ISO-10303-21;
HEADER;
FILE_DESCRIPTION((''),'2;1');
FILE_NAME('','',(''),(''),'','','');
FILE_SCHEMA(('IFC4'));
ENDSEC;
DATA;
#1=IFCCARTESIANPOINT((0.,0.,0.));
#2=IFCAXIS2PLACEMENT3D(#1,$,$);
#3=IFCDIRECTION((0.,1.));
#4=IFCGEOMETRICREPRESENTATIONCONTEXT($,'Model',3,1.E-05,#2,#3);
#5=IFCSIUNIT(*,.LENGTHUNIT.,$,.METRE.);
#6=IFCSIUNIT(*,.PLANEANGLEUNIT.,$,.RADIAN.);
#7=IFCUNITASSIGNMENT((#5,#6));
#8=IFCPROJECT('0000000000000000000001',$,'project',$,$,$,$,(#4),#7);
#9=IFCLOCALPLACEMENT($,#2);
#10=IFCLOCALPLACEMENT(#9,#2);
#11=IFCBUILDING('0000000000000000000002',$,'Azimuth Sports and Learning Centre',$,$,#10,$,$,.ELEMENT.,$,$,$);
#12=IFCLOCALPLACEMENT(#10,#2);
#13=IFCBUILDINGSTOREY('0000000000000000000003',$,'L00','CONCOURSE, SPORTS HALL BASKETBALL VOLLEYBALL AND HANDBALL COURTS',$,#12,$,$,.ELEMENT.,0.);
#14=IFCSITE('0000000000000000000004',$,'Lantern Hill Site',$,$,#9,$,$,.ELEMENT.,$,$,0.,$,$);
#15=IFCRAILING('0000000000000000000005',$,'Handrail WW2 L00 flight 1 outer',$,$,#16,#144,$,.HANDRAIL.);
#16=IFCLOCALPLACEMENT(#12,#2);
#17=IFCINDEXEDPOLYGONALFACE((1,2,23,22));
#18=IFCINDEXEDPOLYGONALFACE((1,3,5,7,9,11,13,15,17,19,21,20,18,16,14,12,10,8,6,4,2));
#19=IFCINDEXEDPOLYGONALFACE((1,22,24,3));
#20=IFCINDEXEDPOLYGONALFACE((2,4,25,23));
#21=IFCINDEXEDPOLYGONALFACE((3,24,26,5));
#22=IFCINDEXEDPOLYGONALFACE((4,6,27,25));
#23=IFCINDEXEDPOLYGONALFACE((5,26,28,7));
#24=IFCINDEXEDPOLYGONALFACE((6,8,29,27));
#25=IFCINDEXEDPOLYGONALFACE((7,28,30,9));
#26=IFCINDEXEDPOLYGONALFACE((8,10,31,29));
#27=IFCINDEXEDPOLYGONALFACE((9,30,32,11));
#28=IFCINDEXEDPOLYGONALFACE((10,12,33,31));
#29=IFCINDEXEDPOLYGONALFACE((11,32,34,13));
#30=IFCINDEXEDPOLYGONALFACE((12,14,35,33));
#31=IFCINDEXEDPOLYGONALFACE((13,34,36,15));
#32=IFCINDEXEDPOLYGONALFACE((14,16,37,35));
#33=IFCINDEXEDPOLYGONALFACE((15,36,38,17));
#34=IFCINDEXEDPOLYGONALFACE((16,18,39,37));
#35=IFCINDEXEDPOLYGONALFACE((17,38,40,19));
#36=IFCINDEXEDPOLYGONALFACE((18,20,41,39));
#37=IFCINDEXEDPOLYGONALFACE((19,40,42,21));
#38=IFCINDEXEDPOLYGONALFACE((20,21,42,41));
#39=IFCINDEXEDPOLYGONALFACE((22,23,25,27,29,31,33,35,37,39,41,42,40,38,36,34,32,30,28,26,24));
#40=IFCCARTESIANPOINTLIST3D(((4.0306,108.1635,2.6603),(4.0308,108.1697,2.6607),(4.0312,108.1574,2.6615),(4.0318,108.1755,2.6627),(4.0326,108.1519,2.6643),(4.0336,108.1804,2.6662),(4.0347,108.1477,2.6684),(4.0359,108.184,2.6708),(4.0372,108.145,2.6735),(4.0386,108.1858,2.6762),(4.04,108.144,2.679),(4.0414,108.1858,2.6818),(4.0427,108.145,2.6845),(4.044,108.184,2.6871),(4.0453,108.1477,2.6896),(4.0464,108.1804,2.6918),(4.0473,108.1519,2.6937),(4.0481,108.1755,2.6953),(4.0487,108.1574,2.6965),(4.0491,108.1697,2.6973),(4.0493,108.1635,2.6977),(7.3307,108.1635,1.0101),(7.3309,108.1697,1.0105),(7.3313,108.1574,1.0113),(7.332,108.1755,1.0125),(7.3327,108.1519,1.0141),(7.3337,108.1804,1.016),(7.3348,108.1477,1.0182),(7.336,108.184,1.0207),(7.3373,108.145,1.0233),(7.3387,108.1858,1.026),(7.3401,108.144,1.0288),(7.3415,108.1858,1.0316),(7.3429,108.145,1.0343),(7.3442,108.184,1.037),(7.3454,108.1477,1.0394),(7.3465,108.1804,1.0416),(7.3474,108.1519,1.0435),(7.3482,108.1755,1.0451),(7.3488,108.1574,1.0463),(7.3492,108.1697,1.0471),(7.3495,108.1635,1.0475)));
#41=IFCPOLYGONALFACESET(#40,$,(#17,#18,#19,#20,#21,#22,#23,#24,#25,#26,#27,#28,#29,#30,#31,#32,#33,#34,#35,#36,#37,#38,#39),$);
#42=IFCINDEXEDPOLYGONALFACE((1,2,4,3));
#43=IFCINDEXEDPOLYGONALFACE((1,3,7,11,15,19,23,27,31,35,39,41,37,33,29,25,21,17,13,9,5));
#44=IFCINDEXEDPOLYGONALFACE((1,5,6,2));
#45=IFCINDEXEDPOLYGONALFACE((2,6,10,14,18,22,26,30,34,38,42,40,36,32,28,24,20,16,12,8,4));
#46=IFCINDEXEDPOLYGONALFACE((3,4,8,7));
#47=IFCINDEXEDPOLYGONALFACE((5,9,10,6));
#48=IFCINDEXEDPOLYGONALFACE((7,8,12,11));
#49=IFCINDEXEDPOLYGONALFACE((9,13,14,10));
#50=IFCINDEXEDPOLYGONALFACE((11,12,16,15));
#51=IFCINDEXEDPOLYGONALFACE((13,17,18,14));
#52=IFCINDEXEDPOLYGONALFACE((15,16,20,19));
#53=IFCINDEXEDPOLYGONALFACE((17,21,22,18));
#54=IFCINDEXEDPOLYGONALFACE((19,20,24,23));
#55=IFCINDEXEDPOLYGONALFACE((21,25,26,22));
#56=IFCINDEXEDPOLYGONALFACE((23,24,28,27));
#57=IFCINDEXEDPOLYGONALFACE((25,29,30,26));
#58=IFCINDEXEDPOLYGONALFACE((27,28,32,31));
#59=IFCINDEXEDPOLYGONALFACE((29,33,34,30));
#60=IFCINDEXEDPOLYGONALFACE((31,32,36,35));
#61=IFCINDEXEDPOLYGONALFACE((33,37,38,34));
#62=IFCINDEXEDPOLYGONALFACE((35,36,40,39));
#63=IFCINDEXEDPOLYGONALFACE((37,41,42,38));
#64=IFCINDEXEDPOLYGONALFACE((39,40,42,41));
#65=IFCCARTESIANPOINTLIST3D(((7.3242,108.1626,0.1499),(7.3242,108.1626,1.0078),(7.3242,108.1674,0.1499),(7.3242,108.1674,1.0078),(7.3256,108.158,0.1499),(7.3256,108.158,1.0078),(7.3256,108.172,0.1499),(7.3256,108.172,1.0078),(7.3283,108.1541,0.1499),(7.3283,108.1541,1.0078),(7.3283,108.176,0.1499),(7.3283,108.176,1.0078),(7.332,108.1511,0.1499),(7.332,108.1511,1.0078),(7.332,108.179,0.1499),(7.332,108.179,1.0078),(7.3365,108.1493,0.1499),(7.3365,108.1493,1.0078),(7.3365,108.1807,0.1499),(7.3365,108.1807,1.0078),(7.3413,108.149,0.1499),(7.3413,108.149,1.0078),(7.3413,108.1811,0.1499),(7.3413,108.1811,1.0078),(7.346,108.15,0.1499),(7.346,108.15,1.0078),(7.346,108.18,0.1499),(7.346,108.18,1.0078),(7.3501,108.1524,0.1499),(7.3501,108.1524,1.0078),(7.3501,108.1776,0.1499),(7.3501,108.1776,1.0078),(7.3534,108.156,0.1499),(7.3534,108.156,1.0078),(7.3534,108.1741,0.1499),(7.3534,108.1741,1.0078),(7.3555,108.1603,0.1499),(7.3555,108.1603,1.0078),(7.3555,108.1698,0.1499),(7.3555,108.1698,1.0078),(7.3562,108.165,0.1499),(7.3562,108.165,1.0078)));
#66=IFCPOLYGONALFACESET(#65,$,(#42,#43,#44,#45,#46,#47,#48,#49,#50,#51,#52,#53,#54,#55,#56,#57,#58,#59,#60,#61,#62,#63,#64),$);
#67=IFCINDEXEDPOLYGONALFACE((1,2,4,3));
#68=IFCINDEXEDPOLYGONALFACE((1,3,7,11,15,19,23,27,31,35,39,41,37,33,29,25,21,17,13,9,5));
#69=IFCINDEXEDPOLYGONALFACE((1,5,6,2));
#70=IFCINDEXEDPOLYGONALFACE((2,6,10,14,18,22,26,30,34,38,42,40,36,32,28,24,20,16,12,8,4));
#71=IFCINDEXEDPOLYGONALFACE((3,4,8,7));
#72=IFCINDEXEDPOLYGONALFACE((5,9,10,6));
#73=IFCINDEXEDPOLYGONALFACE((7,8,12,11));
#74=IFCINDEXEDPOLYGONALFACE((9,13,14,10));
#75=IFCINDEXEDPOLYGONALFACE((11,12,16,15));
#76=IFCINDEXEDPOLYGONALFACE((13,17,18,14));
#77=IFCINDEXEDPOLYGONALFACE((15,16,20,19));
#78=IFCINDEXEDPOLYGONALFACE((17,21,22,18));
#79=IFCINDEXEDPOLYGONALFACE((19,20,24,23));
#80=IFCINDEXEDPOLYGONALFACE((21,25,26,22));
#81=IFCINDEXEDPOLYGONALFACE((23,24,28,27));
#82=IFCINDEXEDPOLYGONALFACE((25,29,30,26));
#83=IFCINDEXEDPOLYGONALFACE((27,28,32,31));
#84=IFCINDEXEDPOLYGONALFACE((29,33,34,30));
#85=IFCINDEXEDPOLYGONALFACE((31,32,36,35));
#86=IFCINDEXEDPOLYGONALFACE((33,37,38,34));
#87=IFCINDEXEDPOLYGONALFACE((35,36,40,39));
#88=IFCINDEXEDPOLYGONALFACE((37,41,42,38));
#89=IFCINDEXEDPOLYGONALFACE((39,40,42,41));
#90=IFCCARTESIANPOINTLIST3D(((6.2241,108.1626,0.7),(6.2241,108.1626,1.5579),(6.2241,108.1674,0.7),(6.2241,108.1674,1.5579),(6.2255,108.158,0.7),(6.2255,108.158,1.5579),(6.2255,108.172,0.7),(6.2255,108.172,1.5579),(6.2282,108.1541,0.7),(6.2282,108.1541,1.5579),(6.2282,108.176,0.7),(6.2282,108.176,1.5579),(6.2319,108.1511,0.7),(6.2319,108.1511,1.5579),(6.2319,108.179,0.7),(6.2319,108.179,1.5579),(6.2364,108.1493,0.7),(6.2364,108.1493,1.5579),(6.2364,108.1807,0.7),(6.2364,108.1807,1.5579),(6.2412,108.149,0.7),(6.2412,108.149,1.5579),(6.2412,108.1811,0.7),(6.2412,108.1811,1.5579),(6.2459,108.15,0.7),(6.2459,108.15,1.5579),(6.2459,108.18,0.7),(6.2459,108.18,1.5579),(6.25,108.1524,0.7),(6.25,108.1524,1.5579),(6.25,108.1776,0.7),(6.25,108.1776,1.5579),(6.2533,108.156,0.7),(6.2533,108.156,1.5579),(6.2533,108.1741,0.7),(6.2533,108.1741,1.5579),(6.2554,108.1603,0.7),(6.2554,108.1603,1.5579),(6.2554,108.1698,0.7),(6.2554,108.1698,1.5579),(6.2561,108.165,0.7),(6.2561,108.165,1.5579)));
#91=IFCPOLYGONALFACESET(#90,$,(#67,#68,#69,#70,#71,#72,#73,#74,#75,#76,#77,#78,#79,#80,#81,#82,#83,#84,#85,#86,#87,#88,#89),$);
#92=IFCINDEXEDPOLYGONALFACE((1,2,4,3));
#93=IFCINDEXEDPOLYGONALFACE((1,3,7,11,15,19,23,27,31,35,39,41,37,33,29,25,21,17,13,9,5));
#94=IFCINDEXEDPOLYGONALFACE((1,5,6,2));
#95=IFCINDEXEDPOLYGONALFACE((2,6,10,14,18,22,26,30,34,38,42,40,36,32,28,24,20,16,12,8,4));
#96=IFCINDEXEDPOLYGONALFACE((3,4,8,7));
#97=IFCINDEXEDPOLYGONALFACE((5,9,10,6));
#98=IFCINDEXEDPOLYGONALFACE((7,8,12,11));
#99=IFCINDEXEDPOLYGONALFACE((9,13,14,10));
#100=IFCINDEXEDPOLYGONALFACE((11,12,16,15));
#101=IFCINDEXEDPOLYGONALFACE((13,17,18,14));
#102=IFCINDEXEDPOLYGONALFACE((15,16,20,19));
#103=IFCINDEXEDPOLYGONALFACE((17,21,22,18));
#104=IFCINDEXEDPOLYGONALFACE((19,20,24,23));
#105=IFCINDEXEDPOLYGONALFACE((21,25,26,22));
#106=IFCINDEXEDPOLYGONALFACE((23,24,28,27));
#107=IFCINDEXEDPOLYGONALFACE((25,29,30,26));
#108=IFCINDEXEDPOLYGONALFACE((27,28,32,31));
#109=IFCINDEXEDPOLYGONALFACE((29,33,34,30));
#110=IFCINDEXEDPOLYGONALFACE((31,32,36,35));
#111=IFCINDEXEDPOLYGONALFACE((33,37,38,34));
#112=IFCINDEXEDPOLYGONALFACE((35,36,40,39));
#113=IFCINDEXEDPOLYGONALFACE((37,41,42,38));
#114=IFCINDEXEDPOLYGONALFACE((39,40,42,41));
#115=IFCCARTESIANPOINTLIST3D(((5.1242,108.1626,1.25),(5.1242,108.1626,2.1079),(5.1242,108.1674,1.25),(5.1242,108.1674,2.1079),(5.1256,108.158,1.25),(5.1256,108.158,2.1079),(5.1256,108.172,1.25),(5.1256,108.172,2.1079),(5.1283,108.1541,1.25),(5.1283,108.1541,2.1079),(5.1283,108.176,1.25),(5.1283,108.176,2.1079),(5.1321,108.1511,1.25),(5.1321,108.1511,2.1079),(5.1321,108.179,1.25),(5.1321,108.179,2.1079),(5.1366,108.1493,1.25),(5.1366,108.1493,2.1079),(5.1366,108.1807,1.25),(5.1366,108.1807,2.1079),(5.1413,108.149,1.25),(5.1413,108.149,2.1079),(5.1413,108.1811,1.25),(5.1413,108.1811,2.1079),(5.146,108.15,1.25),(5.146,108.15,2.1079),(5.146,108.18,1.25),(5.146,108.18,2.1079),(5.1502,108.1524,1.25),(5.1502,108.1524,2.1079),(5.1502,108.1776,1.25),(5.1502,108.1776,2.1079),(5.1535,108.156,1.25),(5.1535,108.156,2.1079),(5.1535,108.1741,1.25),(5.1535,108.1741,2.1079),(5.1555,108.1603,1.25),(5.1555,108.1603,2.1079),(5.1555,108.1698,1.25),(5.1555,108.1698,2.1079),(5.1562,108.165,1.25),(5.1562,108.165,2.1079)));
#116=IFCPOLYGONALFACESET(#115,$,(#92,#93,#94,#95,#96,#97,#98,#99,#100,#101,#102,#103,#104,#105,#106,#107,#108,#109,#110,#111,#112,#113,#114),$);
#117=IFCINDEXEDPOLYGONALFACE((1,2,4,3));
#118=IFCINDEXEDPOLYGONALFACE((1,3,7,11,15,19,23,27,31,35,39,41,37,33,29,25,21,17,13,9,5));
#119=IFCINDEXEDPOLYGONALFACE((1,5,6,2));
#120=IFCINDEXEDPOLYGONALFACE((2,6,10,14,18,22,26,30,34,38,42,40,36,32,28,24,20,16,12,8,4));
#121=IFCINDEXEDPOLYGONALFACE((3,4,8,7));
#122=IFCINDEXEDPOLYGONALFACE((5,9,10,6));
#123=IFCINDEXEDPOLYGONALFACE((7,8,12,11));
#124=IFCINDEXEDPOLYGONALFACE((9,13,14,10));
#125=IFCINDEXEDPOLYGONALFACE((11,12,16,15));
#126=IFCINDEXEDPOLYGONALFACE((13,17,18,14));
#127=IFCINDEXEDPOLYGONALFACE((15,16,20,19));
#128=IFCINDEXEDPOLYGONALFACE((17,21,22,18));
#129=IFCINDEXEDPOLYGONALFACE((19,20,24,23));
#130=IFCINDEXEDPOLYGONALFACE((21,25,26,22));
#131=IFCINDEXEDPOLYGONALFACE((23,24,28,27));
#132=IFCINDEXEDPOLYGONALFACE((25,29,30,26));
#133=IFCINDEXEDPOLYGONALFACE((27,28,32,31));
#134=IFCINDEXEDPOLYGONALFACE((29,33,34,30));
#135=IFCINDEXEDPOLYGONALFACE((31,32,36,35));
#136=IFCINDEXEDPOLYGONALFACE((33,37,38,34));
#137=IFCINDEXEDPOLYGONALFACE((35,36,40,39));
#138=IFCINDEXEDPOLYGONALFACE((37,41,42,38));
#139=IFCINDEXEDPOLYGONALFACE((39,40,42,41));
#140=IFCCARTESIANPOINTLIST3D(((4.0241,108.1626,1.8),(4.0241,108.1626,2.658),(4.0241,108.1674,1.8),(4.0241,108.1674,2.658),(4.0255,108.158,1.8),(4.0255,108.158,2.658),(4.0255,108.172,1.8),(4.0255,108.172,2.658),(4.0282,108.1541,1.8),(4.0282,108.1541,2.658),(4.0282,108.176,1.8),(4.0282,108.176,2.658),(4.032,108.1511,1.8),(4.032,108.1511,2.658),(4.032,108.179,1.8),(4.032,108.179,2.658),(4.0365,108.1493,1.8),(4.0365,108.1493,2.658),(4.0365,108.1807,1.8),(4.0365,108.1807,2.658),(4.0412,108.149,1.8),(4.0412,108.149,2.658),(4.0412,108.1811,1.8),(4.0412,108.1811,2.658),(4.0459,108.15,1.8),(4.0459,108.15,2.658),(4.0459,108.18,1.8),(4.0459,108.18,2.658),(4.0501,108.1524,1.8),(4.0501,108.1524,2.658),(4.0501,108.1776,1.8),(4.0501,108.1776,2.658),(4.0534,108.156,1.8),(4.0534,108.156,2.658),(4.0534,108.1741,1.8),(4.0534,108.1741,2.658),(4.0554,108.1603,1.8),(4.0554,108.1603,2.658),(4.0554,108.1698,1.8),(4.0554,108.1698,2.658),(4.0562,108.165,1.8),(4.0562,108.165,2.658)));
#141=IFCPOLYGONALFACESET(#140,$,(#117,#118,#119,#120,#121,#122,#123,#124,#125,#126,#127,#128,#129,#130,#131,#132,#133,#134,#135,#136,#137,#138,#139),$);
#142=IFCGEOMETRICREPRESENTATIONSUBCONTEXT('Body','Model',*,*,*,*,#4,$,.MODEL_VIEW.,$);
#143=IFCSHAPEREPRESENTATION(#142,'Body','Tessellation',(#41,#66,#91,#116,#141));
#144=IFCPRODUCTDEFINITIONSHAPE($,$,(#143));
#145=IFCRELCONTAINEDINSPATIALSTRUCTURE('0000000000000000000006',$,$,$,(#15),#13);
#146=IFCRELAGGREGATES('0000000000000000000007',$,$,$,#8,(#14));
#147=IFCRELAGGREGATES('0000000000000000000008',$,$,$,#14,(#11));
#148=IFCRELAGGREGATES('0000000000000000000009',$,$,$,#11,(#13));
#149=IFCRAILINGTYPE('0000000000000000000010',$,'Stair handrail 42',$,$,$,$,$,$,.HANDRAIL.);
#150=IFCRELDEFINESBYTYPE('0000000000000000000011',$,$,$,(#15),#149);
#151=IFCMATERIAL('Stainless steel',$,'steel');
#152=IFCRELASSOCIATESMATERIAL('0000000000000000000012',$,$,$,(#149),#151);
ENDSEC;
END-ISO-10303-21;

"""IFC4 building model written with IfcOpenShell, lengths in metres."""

from ifc_helpers import new_model, si_unit, direction, frame, origin, origin_2d, place, context, subcontext, project, spatial, circle, extrude, material, type_object, element, save


model = new_model("IFC4")

# Units and contexts
model_context = context("Model", 3, precision=1e-05, world=origin(), true_north=direction((0.0, 1.0)))
body_context = subcontext(model_context, "Body", "Model", "MODEL_VIEW")
ifc_project = project(units=[si_unit("LENGTHUNIT", "METRE"), si_unit("PLANEANGLEUNIT", "RADIAN")], contexts=[model_context])

# Site, building, storey
site_placement = place(None, origin())
site = spatial("IfcSite", under=ifc_project, at=site_placement, Name="Lantern Hill Site", CompositionType="ELEMENT", RefElevation=0.0)
building_placement = place(site_placement, origin())
building = spatial("IfcBuilding", under=site, at=building_placement, Name="Azimuth Sports and Learning Centre", CompositionType="ELEMENT")
storey_placement = place(building_placement, origin())
storey = spatial("IfcBuildingStorey", under=building, at=storey_placement, Name="L00", Description="CONCOURSE, SPORTS HALL BASKETBALL VOLLEYBALL AND HANDBALL COURTS", CompositionType="ELEMENT", Elevation=0.0)

# Railing
ifc_material_1 = material(Name="Stainless steel", Category="steel")
railing_type_1 = type_object("IfcRailingType", Name="Stair handrail 42", PredefinedType="HANDRAIL", material=ifc_material_1)
for number, where, name in (
    (1, (7.3401, 108.165, 0.1499), "Handrail WW2 L00 flight 1 outer"),
):
    element("IfcRailing", number, at=place(storey_placement, frame(where)), inside=storey, type_object=railing_type_1, Name=name, PredefinedType="HANDRAIL", context=body_context, shape_type="SweptSolid", body=[
        extrude(circle(Radius=0.021, at=origin_2d()), frame((0.0, 0.0, 0.8789), z_axis=(-0.894414, 0.0, 0.44724), x_axis=(0.0, -1.0, 0.0)), (0.0, 0.0, 1.0), 3.6897),
        extrude(circle(Radius=0.0161, at=origin_2d()), origin(), (0.0, 0.0, 1.0), 0.8579),
        extrude(circle(Radius=0.0161, at=origin_2d()), frame((-1.1001, 0.0, 0.55)), (0.0, 0.0, 1.0), 0.8579),
        extrude(circle(Radius=0.0161, at=origin_2d()), frame((-2.2, 0.0, 1.1001)), (0.0, 0.0, 1.0), 0.8579),
        extrude(circle(Radius=0.0161, at=origin_2d()), frame((-3.3, 0.0, 1.6501)), (0.0, 0.0, 1.0), 0.8579),
    ])

save(model, "model.ifc")
